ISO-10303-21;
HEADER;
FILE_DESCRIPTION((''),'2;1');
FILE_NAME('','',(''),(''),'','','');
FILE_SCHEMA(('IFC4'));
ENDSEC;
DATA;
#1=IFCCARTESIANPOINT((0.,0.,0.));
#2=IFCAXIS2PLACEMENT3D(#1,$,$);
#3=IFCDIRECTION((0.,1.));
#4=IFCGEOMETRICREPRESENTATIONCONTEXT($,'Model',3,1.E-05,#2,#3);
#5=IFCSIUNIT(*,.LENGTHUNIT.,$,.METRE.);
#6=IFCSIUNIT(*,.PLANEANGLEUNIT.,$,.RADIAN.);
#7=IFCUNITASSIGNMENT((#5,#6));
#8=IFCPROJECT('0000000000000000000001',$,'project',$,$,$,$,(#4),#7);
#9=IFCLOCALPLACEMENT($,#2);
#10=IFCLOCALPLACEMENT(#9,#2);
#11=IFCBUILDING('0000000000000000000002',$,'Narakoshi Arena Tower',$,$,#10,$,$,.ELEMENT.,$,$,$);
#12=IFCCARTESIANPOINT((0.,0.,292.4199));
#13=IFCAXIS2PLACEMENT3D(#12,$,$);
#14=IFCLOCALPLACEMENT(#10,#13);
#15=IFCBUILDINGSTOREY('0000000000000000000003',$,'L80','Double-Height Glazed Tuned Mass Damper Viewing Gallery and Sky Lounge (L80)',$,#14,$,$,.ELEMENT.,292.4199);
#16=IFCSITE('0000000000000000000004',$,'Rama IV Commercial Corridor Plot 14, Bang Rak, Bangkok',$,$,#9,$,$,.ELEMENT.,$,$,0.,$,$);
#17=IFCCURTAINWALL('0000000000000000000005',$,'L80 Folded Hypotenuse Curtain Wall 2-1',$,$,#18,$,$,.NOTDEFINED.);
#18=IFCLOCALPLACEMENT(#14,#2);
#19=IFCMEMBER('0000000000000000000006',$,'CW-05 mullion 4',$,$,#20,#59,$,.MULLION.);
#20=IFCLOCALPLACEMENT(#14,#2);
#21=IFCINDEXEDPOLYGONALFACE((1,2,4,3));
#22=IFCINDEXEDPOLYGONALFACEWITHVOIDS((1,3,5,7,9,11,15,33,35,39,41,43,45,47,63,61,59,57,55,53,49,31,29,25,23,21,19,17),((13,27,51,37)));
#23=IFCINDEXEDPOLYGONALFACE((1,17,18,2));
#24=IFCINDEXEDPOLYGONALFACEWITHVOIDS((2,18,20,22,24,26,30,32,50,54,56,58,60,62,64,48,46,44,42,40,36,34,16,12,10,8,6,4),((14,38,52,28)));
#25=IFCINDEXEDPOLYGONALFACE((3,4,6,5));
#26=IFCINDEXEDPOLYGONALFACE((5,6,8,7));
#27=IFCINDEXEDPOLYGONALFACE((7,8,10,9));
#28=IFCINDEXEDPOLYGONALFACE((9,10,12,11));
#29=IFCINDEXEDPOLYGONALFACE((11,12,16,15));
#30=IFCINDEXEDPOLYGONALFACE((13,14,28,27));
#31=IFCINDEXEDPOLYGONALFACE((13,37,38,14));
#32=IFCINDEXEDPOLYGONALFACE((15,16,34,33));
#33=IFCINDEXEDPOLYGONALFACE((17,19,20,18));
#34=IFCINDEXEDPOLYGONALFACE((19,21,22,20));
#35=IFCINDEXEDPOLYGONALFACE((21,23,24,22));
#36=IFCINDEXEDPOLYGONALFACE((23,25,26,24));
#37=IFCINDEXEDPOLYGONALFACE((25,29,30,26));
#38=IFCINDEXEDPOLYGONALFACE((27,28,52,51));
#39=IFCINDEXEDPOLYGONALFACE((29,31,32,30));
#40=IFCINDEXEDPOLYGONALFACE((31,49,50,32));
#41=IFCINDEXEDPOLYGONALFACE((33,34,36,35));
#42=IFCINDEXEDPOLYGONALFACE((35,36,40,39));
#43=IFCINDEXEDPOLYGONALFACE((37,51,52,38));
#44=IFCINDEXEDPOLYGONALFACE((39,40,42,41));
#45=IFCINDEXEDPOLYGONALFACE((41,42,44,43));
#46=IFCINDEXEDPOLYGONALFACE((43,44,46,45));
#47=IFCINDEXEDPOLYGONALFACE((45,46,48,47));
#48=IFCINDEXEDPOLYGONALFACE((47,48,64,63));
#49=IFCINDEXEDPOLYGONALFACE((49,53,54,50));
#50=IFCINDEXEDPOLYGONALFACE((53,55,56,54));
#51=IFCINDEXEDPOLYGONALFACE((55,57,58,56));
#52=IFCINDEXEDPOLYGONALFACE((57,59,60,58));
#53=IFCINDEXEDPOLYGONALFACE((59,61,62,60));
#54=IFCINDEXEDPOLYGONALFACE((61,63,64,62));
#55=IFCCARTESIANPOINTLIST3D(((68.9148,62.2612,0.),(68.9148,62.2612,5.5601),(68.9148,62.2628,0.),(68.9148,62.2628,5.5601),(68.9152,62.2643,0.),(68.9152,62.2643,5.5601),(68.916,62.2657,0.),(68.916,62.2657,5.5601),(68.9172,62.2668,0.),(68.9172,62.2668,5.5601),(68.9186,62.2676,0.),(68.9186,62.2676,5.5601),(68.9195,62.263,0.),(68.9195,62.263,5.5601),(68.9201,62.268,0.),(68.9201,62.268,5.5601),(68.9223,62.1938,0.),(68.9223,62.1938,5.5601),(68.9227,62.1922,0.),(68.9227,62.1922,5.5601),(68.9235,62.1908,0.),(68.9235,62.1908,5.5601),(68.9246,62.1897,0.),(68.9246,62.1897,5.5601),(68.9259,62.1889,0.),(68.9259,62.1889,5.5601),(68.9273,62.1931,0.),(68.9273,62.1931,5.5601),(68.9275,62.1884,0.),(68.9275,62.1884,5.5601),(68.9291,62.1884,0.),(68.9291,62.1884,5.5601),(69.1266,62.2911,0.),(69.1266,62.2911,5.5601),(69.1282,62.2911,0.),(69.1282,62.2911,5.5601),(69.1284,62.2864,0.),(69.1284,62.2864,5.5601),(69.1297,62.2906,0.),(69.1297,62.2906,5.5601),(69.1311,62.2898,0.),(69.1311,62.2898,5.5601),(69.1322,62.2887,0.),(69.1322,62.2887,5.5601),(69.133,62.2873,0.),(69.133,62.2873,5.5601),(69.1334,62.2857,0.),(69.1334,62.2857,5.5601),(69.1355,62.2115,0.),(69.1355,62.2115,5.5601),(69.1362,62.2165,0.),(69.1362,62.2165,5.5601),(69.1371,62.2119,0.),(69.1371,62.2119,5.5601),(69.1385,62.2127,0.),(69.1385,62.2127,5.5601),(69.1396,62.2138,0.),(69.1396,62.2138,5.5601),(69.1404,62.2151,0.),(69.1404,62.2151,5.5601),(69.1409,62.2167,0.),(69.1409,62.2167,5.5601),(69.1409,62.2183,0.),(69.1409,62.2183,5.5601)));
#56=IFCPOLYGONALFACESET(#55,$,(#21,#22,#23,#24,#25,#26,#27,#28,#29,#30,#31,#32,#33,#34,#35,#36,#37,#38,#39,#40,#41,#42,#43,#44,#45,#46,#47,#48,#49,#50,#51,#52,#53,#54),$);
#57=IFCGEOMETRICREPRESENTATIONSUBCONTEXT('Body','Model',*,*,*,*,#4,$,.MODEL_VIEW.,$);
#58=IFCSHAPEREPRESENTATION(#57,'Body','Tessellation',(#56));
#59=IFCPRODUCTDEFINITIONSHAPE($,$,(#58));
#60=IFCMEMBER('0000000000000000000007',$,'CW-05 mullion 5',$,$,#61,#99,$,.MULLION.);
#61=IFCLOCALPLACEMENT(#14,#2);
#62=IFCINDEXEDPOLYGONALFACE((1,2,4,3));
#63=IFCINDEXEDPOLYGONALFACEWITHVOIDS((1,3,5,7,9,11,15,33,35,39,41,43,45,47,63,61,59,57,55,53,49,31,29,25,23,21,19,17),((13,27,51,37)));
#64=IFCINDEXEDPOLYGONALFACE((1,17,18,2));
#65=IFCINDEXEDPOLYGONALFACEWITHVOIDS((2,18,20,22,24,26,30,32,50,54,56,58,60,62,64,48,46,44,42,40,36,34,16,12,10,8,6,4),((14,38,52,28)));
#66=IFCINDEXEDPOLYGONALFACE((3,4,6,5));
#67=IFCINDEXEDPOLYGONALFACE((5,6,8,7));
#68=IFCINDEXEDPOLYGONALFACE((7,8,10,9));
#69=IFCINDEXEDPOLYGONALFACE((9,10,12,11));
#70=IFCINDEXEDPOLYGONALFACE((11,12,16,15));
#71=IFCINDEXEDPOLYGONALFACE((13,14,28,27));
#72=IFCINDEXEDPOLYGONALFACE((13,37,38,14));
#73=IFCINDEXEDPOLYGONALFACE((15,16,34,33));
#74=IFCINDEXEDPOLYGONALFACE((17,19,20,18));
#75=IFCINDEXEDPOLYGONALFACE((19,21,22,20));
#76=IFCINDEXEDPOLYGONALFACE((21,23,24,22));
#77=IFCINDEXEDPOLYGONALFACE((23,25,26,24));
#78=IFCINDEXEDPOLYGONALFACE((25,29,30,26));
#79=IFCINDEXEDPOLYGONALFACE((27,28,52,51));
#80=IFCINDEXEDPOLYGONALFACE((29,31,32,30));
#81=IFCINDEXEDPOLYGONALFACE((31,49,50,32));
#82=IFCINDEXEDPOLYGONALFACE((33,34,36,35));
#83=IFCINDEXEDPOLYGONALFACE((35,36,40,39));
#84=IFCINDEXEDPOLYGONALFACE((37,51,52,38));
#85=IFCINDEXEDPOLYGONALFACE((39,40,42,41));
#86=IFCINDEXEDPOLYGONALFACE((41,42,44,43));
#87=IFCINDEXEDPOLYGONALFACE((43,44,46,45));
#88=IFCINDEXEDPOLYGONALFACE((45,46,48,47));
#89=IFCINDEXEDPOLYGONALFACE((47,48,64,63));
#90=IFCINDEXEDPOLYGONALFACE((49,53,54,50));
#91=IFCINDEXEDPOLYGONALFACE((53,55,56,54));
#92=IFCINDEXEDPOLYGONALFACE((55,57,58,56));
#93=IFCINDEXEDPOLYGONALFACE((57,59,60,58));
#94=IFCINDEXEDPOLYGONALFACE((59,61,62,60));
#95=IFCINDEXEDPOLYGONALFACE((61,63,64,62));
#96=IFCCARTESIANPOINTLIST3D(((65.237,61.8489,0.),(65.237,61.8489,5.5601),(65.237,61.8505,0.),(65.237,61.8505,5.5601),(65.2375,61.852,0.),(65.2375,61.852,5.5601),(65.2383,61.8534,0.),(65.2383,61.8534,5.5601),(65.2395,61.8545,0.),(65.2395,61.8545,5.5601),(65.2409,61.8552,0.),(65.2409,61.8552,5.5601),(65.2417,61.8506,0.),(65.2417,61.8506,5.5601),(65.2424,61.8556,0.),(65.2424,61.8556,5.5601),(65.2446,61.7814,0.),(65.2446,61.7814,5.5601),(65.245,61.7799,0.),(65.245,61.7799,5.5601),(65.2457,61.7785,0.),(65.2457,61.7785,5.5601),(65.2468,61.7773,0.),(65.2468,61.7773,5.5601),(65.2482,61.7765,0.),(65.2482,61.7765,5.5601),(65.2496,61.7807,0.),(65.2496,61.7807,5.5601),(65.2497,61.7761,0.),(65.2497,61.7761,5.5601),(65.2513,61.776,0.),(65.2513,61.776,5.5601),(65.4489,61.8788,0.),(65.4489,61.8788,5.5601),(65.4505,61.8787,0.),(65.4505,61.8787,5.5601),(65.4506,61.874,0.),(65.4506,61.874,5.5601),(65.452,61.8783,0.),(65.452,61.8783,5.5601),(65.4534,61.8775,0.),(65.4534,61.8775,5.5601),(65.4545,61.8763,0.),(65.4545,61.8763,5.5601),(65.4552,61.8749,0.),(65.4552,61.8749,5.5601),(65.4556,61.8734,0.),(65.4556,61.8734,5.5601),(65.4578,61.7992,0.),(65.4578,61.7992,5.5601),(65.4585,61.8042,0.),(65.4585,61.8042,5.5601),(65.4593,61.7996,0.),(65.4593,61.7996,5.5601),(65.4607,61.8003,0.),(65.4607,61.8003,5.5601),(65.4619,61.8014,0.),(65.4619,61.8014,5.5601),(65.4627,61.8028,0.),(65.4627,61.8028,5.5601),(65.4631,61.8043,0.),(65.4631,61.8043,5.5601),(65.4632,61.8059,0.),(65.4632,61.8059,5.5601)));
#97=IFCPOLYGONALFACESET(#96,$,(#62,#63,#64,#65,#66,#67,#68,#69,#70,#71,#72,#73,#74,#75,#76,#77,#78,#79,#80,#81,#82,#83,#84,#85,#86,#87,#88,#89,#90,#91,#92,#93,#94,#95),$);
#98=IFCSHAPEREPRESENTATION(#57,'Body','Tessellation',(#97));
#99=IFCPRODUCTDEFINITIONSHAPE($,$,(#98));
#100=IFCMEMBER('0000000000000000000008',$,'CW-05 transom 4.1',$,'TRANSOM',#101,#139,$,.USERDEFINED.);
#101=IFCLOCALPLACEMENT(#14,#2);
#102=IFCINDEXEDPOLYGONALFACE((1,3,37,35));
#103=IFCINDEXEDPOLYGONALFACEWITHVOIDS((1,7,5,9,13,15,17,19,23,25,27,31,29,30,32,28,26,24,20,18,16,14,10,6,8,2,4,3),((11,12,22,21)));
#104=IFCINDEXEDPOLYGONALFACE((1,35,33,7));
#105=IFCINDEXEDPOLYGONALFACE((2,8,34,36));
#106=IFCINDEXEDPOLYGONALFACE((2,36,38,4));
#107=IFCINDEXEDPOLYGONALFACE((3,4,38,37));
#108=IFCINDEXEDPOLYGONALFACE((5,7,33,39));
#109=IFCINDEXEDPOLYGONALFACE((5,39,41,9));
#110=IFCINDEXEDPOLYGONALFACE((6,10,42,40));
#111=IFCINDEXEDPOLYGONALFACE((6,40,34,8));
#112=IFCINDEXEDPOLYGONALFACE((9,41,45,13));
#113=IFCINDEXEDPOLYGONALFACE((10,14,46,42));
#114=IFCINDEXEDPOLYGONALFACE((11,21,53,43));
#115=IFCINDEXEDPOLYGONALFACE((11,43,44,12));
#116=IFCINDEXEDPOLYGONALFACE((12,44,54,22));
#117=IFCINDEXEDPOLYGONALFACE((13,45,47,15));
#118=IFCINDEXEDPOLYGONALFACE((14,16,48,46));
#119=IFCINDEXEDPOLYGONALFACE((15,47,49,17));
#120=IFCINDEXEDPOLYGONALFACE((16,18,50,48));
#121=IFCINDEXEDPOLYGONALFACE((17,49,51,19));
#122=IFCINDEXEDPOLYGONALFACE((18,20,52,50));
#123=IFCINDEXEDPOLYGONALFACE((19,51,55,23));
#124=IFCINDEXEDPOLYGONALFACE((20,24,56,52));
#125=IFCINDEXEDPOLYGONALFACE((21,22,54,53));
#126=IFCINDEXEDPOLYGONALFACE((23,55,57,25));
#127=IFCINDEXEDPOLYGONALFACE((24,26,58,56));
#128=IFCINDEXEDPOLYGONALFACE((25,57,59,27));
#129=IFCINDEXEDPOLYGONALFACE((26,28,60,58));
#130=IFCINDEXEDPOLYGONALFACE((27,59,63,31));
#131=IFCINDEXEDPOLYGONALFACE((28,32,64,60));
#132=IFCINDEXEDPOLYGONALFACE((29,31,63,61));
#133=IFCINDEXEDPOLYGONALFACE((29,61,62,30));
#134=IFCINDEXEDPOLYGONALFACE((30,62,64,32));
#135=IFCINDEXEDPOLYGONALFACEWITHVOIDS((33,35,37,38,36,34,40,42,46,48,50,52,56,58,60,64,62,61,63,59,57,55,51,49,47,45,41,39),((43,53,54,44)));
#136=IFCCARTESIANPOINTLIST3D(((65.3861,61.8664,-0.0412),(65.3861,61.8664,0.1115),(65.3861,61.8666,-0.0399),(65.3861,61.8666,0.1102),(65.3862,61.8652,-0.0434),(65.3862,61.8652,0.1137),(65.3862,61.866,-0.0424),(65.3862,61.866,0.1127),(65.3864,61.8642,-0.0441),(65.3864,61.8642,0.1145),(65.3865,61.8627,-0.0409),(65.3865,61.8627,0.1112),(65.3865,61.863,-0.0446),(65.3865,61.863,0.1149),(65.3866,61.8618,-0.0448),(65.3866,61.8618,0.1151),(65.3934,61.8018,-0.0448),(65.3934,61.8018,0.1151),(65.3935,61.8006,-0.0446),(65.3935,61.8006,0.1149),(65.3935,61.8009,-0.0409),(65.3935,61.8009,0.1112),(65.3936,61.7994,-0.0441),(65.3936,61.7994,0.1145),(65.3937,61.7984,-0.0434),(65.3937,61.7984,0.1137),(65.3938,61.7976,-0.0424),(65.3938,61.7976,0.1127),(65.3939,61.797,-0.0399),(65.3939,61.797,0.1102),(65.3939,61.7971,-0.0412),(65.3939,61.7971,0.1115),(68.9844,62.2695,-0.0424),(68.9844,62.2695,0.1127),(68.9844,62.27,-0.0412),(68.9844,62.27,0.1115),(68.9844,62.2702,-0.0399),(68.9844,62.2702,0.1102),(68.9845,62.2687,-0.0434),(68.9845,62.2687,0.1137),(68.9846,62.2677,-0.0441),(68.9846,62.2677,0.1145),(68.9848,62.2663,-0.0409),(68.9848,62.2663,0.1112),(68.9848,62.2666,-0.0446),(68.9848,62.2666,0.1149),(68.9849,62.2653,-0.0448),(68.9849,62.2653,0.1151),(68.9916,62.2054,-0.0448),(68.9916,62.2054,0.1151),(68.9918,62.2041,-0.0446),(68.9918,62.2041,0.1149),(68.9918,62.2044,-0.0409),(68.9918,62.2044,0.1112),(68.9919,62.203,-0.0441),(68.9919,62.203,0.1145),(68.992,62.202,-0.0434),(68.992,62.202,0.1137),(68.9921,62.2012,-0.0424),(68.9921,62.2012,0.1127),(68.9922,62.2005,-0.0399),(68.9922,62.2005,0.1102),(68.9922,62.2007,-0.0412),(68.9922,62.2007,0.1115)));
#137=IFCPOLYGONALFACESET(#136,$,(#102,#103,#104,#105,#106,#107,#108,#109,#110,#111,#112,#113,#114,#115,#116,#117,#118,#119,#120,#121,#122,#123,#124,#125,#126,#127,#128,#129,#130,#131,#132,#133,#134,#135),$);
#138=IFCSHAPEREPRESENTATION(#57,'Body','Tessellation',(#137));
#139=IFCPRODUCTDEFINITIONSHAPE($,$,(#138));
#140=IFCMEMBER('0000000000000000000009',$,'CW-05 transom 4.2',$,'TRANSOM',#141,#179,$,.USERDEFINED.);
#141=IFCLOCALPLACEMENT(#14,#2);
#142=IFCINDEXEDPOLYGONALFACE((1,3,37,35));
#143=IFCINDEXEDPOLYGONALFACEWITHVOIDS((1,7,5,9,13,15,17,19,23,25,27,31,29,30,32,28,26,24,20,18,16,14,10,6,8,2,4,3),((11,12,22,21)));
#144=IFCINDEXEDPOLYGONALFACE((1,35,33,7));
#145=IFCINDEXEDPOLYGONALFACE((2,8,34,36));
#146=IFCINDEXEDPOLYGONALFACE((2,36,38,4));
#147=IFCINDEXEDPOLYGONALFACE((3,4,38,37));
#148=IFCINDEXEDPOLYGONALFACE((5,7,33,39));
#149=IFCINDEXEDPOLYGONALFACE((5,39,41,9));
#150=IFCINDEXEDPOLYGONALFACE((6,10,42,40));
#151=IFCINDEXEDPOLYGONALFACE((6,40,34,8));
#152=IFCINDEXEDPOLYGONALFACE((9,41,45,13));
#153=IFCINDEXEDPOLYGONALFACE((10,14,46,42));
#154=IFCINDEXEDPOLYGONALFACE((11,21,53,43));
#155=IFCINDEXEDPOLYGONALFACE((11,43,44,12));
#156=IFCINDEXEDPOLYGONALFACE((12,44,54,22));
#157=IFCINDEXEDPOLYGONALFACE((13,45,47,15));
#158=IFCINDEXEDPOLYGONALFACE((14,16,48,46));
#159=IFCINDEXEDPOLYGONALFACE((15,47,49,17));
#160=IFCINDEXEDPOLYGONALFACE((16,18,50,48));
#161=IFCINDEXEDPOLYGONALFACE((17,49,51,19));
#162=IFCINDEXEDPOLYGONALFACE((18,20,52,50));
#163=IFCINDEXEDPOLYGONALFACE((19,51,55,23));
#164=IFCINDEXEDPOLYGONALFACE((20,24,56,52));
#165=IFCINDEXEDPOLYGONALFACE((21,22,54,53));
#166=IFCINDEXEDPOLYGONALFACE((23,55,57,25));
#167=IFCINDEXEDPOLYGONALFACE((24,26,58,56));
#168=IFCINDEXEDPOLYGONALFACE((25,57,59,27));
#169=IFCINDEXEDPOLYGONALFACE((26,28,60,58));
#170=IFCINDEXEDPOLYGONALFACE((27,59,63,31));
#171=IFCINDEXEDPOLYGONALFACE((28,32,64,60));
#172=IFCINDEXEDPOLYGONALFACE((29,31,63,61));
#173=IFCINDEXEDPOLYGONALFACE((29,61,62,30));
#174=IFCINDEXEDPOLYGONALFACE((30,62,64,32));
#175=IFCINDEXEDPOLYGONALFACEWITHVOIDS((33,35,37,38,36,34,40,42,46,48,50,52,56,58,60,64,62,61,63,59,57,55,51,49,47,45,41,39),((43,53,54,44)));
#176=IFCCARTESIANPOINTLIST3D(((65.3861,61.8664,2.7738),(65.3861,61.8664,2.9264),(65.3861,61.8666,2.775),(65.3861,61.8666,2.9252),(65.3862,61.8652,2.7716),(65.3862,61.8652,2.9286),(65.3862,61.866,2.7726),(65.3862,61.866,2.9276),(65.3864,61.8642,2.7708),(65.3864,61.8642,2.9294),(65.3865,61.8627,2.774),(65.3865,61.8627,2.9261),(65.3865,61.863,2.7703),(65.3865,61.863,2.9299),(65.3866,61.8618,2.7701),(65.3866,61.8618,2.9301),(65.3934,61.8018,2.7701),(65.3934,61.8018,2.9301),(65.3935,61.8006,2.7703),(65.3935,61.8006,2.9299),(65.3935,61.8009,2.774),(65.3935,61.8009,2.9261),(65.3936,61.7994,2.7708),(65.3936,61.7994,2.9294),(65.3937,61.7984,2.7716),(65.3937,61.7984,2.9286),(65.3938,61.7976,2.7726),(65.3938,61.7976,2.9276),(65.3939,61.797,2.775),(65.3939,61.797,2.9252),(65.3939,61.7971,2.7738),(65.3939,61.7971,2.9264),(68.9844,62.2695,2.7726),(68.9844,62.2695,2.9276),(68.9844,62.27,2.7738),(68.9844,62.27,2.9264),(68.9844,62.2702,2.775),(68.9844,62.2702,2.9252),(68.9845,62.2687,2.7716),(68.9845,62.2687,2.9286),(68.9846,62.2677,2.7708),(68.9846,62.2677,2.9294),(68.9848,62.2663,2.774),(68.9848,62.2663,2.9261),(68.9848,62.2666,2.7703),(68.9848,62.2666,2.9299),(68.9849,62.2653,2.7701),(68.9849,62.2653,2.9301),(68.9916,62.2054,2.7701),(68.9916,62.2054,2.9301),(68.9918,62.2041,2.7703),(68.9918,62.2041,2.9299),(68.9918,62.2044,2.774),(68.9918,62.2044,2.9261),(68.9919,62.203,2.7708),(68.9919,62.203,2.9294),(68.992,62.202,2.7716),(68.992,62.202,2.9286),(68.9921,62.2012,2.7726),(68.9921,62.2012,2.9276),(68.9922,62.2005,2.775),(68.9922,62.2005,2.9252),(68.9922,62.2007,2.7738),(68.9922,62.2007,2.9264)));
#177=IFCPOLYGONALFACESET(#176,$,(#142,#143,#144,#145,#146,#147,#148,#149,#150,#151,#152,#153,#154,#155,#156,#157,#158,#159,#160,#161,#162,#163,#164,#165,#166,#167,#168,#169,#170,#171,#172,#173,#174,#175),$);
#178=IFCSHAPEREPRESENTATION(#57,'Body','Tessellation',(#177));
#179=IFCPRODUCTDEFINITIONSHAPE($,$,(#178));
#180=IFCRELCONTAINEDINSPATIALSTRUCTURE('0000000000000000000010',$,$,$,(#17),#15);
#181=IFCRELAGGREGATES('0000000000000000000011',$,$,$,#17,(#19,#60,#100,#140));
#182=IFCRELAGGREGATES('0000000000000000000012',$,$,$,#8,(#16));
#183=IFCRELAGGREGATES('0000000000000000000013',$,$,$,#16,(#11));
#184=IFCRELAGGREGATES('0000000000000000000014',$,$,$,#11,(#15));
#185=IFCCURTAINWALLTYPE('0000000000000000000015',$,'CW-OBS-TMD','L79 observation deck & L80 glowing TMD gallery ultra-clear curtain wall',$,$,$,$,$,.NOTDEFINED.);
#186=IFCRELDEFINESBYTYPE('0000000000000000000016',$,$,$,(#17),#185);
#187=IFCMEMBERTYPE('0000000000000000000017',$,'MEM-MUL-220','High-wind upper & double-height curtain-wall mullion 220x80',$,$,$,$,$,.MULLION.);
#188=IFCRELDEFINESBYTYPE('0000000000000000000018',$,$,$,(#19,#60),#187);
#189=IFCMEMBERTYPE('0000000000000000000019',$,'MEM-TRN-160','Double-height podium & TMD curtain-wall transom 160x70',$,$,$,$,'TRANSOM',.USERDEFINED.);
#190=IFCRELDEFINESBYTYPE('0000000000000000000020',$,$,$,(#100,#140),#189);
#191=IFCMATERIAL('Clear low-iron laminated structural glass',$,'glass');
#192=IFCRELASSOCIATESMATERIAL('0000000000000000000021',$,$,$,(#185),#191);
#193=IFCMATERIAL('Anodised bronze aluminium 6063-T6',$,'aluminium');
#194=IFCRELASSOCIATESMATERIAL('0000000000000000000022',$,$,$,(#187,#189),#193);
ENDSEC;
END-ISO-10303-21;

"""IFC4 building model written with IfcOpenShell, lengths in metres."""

from ifc_helpers import new_model, si_unit, direction, frame, origin, origin_2d, place, context, subcontext, project, spatial, hollow_rectangle, extrude, material, material_profile, profile_set, type_object, element, aggregate, save


model = new_model("IFC4")

# Units and contexts
model_context = context("Model", 3, precision=1e-05, world=origin(), true_north=direction((0.0, 1.0)))
body_context = subcontext(model_context, "Body", "Model", "MODEL_VIEW")
ifc_project = project(units=[si_unit("LENGTHUNIT", "METRE"), si_unit("PLANEANGLEUNIT", "RADIAN")], contexts=[model_context])

# Site, building, storey
site_placement = place(None, origin())
site = spatial("IfcSite", under=ifc_project, at=site_placement, Name="Rama IV Commercial Corridor Plot 14, Bang Rak, Bangkok", CompositionType="ELEMENT", RefElevation=0.0)
building_placement = place(site_placement, origin())
building = spatial("IfcBuilding", under=site, at=building_placement, Name="Narakoshi Arena Tower", CompositionType="ELEMENT")
storey_placement = place(building_placement, frame((0.0, 0.0, 292.4199)))
storey = spatial("IfcBuildingStorey", under=building, at=storey_placement, Name="L80", Description="Double-Height Glazed Tuned Mass Damper Viewing Gallery and Sky Lounge (L80)", CompositionType="ELEMENT", Elevation=292.4199)

# Curtain wall, members
ifc_material_1 = material(Name="Clear low-iron laminated structural glass", Category="glass")
curtain_wall_type = type_object("IfcCurtainWallType", Name="CW-OBS-TMD", Description="L79 observation deck & L80 glowing TMD gallery ultra-clear curtain wall", PredefinedType="NOTDEFINED", material=ifc_material_1)
curtain_wall_placement = place(storey_placement, origin())
curtain_wall = element("IfcCurtainWall", 1, at=curtain_wall_placement, inside=storey, type_object=curtain_wall_type, Name="L80 Folded Hypotenuse Curtain Wall 2-1", PredefinedType="NOTDEFINED")
ifc_material_2 = material(Name="Anodised bronze aluminium 6063-T6", Category="aluminium")
ifc_material_profile_1 = material_profile(ifc_material_2, hollow_rectangle(XDim=0.0801, YDim=0.22, WallThickness=0.0049, OuterFilletRadius=0.0061, at=origin_2d()), Name="MUL220x80x5")
ifc_profile_set_1 = profile_set([ifc_material_profile_1], Name="Anodised bronze aluminium 6063-T6")
member_type_1 = type_object("IfcMemberType", Name="MEM-MUL-220", Description="High-wind upper & double-height curtain-wall mullion 220x80", PredefinedType="MULLION", material=ifc_profile_set_1)
member_1_placement = place(storey_placement, frame((69.0278, 62.2397, 0.0), z_axis=(0.0, 0.0, 1.0), x_axis=(0.111397, -0.993776, 0.0)))
member_1 = element("IfcMember", 2, at=member_1_placement, type_object=member_type_1, Name="CW-05 mullion 4", PredefinedType="MULLION", context=body_context, shape_type="SweptSolid", body=[
    extrude(hollow_rectangle(XDim=0.0801, YDim=0.22, WallThickness=0.0049, OuterFilletRadius=0.0061, at=origin_2d()), origin(), (0.0, 0.0, 1.0), 5.5601),
])
member_2_placement = place(storey_placement, frame((65.3501, 61.8274, 0.0), z_axis=(0.0, 0.0, 1.0), x_axis=(0.111397, -0.993776, 0.0)))
member_2 = element("IfcMember", 3, at=member_2_placement, type_object=member_type_1, Name="CW-05 mullion 5", PredefinedType="MULLION", context=body_context, shape_type="SweptSolid", body=[
    extrude(hollow_rectangle(XDim=0.0801, YDim=0.22, WallThickness=0.0049, OuterFilletRadius=0.0061, at=origin_2d()), origin(), (0.0, 0.0, 1.0), 5.5601),
])
ifc_material_profile_2 = material_profile(ifc_material_2, hollow_rectangle(XDim=0.0701, YDim=0.1599, WallThickness=0.0039, OuterFilletRadius=0.0049, at=origin_2d()), Name="TRN160x70x4")
ifc_profile_set_2 = profile_set([ifc_material_profile_2], Name="Anodised bronze aluminium 6063-T6")
member_type_2 = type_object("IfcMemberType", Name="MEM-TRN-160", Description="Double-height podium & TMD curtain-wall transom 160x70", ElementType="TRANSOM", PredefinedType="USERDEFINED", material=ifc_profile_set_2)
member_3_placement = place(storey_placement, frame((68.9883, 62.2354, 0.0352), z_axis=(-0.99377, -0.111453, 0.0), x_axis=(0.111453, -0.99377, 0.0)))
member_3 = element("IfcMember", 4, at=member_3_placement, type_object=member_type_2, Name="CW-05 transom 4.1", ObjectType="TRANSOM", PredefinedType="USERDEFINED", context=body_context, shape_type="SweptSolid", body=[
    extrude(hollow_rectangle(XDim=0.0701, YDim=0.1599, WallThickness=0.0039, OuterFilletRadius=0.0049, at=origin_2d()), origin(), (0.0, 0.0, 1.0), 3.6208),
])
member_4_placement = place(storey_placement, frame((68.9883, 62.2354, 2.8501), z_axis=(-0.99377, -0.111453, 0.0), x_axis=(0.111453, -0.99377, 0.0)))
member_4 = element("IfcMember", 5, at=member_4_placement, type_object=member_type_2, Name="CW-05 transom 4.2", ObjectType="TRANSOM", PredefinedType="USERDEFINED", context=body_context, shape_type="SweptSolid", body=[
    extrude(hollow_rectangle(XDim=0.0701, YDim=0.1599, WallThickness=0.0039, OuterFilletRadius=0.0049, at=origin_2d()), origin(), (0.0, 0.0, 1.0), 3.6208),
])
aggregate(curtain_wall, [member_1, member_2, member_3, member_4])

save(model, "model.ifc")
